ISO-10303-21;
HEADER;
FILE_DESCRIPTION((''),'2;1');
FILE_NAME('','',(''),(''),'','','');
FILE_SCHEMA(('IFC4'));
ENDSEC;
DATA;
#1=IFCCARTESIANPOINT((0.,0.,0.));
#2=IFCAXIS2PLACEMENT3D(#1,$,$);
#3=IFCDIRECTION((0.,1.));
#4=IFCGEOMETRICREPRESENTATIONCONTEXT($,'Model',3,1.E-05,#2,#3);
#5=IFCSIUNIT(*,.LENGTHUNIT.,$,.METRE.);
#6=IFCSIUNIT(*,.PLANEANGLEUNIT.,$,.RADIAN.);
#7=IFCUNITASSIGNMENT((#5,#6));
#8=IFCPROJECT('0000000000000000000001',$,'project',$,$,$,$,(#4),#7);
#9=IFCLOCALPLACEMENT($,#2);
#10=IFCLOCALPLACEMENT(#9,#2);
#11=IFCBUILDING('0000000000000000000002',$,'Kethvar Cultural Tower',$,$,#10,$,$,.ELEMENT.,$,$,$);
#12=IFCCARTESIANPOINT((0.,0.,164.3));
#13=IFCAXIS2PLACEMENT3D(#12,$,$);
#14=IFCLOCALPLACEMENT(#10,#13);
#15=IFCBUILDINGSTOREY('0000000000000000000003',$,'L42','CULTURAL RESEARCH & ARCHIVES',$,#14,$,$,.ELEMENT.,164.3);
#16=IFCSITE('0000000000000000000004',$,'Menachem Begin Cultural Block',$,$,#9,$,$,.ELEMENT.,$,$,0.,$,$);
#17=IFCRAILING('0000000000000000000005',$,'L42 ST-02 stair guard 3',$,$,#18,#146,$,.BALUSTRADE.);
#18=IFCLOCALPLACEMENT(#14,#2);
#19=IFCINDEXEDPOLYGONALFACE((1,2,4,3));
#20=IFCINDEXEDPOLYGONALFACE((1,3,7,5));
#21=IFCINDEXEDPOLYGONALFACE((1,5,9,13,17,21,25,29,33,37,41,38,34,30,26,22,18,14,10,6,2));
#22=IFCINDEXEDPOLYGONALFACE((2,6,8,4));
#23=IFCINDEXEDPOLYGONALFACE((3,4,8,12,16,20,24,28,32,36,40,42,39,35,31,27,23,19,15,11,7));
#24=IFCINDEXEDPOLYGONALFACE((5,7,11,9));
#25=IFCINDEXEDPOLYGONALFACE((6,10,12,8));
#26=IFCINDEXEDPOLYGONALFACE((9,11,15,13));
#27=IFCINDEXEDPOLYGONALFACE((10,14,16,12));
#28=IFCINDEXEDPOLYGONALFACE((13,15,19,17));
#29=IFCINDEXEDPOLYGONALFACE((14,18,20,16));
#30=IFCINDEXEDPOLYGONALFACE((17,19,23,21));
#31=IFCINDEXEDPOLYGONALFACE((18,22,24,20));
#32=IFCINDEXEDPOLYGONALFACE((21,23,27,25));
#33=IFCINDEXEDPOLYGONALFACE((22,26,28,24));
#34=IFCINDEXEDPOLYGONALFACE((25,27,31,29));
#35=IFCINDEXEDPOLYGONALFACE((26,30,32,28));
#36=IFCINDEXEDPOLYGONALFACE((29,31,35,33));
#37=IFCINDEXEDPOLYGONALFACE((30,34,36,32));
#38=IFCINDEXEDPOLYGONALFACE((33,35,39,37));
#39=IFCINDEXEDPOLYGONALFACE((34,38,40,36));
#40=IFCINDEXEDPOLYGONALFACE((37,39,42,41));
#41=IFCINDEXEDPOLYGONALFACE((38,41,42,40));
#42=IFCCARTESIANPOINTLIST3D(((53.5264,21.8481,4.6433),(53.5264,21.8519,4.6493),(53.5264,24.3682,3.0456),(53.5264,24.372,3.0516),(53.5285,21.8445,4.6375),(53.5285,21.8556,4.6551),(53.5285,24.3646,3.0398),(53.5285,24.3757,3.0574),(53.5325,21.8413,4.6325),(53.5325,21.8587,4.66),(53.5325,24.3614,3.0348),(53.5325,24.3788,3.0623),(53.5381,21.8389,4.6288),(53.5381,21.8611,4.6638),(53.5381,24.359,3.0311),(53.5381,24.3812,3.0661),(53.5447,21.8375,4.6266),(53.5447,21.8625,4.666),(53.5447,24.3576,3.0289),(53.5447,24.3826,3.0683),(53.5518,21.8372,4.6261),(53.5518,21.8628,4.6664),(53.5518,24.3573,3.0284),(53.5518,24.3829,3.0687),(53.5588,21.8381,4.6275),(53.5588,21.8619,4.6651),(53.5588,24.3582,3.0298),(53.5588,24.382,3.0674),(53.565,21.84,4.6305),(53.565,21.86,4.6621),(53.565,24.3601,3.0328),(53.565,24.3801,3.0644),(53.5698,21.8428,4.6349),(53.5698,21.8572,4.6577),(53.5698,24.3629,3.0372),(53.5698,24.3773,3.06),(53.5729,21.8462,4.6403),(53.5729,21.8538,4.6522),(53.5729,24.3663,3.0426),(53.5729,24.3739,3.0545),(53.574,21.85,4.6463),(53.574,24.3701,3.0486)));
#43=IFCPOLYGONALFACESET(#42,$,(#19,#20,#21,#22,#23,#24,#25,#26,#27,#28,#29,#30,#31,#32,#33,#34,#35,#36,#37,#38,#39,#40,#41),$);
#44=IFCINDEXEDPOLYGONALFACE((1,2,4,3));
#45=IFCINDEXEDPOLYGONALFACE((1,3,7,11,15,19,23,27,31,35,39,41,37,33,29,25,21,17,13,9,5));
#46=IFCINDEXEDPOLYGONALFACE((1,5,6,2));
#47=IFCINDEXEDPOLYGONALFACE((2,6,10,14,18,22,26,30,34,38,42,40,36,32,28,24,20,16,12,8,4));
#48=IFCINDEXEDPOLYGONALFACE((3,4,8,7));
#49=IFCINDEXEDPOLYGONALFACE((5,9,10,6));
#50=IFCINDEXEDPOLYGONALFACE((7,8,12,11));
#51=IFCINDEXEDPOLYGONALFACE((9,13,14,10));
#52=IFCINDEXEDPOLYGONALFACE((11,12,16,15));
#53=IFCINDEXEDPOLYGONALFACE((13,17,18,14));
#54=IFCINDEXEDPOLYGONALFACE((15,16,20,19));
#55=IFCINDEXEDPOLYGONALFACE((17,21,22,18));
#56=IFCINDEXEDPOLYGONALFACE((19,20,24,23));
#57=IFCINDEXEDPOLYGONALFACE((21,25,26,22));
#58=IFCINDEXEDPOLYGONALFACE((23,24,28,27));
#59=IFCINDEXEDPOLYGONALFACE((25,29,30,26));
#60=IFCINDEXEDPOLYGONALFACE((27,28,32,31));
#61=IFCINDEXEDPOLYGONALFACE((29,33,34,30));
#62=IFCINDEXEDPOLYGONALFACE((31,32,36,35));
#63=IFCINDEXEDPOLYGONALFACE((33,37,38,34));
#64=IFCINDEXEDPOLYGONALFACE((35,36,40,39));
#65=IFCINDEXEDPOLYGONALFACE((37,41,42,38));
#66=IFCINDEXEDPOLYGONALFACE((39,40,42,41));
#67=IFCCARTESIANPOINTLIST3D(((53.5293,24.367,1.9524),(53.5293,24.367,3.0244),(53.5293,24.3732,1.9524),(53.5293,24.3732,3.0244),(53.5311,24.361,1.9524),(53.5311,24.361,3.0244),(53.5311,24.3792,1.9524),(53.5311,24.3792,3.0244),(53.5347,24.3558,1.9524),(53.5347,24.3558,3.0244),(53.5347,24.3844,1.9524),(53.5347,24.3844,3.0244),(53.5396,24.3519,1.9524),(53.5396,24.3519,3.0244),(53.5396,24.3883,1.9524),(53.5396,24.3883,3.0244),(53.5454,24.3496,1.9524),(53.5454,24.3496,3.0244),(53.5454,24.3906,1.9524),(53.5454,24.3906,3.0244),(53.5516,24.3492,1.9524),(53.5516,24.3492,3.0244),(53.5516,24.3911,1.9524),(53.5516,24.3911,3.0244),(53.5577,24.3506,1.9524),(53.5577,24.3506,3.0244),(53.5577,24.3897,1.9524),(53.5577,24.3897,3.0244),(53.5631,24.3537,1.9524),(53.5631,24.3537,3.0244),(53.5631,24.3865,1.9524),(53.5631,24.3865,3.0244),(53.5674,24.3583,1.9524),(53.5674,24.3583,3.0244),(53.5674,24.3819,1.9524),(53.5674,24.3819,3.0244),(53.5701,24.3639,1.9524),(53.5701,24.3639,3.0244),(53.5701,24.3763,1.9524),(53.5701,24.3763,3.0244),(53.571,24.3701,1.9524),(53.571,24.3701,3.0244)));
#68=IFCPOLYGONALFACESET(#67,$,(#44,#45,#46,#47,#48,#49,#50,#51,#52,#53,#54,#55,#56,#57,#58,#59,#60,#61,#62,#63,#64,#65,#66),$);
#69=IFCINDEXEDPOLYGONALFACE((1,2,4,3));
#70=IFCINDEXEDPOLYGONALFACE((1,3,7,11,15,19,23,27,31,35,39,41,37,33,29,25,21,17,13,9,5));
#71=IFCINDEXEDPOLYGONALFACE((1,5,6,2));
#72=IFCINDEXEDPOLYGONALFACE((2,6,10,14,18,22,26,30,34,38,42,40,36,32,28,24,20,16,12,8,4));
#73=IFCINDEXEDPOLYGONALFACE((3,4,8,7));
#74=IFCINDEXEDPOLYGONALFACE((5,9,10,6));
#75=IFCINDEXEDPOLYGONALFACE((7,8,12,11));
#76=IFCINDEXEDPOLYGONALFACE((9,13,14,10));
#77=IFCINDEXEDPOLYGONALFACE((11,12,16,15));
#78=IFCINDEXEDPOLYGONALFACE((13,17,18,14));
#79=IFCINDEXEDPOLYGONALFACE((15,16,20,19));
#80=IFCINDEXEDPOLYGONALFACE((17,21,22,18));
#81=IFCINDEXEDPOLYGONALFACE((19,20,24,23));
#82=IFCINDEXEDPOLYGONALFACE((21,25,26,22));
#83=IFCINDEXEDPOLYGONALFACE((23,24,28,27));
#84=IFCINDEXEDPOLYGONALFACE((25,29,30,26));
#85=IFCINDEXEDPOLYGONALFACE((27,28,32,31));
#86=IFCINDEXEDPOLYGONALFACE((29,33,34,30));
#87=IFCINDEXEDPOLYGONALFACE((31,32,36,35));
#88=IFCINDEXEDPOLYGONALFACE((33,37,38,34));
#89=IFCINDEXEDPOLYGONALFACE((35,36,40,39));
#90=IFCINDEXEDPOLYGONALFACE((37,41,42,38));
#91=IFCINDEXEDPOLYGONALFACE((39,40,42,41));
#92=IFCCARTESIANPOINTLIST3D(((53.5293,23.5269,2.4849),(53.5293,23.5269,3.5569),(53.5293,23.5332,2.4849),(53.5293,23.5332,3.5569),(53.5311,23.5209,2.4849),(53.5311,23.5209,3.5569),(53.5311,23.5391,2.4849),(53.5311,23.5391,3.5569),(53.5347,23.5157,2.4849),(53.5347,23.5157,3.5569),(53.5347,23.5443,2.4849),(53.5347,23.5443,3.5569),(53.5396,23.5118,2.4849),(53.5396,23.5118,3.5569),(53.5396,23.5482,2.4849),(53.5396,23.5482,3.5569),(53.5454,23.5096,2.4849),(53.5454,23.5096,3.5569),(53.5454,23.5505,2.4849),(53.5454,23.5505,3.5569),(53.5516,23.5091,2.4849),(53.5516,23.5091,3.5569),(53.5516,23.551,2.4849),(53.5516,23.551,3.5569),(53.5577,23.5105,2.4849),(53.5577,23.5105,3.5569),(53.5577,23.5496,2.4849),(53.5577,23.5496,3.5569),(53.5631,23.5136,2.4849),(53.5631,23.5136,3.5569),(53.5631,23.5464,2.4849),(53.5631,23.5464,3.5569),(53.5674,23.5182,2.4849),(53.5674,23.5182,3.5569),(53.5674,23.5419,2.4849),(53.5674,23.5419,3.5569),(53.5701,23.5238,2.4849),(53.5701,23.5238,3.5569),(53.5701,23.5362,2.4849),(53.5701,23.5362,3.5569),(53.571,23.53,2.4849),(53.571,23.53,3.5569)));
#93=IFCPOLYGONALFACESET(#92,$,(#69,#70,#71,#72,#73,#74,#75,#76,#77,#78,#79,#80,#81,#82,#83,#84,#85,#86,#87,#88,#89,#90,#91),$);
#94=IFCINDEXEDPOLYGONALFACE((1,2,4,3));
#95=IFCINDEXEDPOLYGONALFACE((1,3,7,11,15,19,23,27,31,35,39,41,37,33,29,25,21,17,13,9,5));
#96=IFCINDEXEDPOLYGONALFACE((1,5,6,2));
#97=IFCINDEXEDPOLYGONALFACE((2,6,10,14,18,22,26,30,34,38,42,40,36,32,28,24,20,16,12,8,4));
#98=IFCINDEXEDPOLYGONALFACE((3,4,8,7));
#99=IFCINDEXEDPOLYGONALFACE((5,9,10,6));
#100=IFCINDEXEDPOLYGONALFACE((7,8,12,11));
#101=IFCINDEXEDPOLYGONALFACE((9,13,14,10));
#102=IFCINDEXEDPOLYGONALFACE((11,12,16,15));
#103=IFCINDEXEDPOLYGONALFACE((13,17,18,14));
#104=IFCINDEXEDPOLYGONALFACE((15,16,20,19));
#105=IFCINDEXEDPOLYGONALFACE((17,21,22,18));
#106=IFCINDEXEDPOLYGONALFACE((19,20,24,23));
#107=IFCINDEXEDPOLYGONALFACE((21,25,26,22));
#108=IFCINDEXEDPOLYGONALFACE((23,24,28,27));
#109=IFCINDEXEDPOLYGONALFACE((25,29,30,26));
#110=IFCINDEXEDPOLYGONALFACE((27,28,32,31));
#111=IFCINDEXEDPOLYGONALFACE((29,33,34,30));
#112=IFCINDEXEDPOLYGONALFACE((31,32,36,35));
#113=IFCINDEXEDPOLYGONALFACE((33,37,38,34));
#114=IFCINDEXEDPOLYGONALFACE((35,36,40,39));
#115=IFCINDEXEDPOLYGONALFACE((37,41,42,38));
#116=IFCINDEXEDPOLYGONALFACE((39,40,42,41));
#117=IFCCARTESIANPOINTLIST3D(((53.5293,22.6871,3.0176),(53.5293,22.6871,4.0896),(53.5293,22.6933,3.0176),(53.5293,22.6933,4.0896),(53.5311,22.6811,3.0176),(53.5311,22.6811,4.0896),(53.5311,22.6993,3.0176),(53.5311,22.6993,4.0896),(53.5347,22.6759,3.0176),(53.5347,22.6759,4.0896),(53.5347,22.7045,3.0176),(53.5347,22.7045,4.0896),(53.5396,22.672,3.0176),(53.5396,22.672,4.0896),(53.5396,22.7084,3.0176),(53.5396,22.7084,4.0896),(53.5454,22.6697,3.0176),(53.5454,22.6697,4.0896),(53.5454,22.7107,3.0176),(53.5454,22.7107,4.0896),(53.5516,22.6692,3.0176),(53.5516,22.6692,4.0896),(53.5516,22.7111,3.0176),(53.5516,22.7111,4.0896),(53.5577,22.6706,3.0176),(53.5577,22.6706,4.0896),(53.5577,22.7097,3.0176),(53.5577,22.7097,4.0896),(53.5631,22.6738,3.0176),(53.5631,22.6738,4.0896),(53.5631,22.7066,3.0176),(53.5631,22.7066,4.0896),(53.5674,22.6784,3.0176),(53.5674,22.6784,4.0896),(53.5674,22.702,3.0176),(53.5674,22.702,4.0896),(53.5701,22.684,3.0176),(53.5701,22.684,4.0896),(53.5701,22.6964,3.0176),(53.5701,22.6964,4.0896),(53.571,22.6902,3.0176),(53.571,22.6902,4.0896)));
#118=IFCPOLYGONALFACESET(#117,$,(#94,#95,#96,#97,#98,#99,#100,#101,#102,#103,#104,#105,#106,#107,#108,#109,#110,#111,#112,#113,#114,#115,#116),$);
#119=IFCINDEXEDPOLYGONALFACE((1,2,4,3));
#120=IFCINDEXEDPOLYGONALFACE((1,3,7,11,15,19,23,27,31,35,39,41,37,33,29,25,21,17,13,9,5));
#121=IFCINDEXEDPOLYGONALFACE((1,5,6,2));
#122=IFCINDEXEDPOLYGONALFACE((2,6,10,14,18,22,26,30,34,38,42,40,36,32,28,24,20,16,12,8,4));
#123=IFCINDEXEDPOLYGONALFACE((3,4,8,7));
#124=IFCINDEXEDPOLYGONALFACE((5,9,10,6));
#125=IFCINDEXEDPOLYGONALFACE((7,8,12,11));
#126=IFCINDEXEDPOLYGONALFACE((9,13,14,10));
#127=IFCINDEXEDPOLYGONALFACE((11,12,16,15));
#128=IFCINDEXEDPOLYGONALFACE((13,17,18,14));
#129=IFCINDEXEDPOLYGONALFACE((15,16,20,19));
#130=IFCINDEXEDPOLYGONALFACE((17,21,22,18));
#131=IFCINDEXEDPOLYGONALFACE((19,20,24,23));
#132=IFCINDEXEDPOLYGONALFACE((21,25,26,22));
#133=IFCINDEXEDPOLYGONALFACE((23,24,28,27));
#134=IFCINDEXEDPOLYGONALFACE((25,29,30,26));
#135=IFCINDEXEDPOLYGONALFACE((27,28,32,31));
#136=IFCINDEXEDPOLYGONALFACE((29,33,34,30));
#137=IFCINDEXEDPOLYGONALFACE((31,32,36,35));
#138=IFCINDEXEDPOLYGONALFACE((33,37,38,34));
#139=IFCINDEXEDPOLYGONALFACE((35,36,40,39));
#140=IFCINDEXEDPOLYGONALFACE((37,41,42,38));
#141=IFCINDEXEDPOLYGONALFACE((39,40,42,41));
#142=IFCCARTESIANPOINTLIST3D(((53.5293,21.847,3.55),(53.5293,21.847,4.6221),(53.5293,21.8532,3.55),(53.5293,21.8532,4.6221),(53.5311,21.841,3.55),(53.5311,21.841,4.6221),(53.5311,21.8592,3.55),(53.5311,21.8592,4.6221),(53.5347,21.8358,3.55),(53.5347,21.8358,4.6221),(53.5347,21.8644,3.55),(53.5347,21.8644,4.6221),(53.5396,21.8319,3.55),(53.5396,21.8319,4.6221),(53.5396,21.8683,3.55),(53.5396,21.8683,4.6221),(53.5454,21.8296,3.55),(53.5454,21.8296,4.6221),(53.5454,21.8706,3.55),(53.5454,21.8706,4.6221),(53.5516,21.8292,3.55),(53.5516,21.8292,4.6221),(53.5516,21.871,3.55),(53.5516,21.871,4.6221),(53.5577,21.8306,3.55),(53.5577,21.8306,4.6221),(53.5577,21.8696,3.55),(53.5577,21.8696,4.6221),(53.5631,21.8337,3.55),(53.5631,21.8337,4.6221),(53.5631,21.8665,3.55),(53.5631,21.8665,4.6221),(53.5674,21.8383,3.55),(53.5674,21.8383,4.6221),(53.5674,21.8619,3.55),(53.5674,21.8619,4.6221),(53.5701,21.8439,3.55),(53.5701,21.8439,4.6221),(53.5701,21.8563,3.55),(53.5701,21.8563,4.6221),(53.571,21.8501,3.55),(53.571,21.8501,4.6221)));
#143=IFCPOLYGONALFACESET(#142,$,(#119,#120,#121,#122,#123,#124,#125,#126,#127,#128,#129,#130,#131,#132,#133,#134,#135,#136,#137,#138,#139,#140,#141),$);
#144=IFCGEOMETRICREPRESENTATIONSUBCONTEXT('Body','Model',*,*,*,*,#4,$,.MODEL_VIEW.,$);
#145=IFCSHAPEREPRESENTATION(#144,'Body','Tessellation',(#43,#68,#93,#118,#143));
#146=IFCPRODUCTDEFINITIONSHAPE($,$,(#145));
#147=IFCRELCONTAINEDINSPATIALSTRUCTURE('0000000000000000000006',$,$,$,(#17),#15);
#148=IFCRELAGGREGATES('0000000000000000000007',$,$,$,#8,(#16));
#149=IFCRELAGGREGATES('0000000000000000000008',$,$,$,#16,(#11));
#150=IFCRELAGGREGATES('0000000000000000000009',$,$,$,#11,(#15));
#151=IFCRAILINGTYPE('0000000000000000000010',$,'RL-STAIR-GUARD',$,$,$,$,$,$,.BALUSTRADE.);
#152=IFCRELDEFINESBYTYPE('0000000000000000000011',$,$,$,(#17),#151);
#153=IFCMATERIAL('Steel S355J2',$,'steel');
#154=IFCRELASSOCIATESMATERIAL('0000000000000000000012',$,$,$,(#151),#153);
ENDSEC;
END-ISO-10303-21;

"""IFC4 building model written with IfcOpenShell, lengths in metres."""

from ifc_helpers import new_model, si_unit, direction, frame, origin, origin_2d, place, context, subcontext, project, spatial, circle, extrude, material, type_object, element, save


model = new_model("IFC4")

# Units and contexts
model_context = context("Model", 3, precision=1e-05, world=origin(), true_north=direction((0.0, 1.0)))
body_context = subcontext(model_context, "Body", "Model", "MODEL_VIEW")
ifc_project = project(units=[si_unit("LENGTHUNIT", "METRE"), si_unit("PLANEANGLEUNIT", "RADIAN")], contexts=[model_context])

# Site, building, storey
site_placement = place(None, origin())
site = spatial("IfcSite", under=ifc_project, at=site_placement, Name="Menachem Begin Cultural Block", CompositionType="ELEMENT", RefElevation=0.0)
building_placement = place(site_placement, origin())
building = spatial("IfcBuilding", under=site, at=building_placement, Name="Kethvar Cultural Tower", CompositionType="ELEMENT")
storey_placement = place(building_placement, frame((0.0, 0.0, 164.3)))
storey = spatial("IfcBuildingStorey", under=building, at=storey_placement, Name="L42", Description="CULTURAL RESEARCH & ARCHIVES", CompositionType="ELEMENT", Elevation=164.3)

# Shared definitions
ifc_material_1 = material(Name="Steel S355J2", Category="steel")

# Railing
railing_type_1 = type_object("IfcRailingType", Name="RL-STAIR-GUARD", PredefinedType="BALUSTRADE", material=ifc_material_1)
railing_1_placement = place(storey_placement, frame((53.55, 24.3701, 1.9524)))
element("IfcRailing", 1, at=railing_1_placement, inside=storey, type_object=railing_type_1, Name="L42 ST-02 stair guard 3", PredefinedType="BALUSTRADE", context=body_context, shape_type="SweptSolid", body=[
    extrude(circle(Radius=0.0239, at=origin_2d()), frame((0.0, 0.0, 1.0962), z_axis=(0.0, -0.84457, 0.535445), x_axis=(1.0, 0.0, 0.0)), (0.0, 0.0, 1.0), 2.9839),
    extrude(circle(Radius=0.021, at=origin_2d()), origin(), (0.0, 0.0, 1.0), 1.072),
    extrude(circle(Radius=0.021, at=origin_2d()), frame((0.0, -0.8401, 0.5325)), (0.0, 0.0, 1.0), 1.072),
    extrude(circle(Radius=0.021, at=origin_2d()), frame((0.0, -1.6799, 1.0652)), (0.0, 0.0, 1.0), 1.072),
    extrude(circle(Radius=0.021, at=origin_2d()), frame((0.0, -2.52, 1.5977)), (0.0, 0.0, 1.0), 1.072),
])

save(model, "model.ifc")
